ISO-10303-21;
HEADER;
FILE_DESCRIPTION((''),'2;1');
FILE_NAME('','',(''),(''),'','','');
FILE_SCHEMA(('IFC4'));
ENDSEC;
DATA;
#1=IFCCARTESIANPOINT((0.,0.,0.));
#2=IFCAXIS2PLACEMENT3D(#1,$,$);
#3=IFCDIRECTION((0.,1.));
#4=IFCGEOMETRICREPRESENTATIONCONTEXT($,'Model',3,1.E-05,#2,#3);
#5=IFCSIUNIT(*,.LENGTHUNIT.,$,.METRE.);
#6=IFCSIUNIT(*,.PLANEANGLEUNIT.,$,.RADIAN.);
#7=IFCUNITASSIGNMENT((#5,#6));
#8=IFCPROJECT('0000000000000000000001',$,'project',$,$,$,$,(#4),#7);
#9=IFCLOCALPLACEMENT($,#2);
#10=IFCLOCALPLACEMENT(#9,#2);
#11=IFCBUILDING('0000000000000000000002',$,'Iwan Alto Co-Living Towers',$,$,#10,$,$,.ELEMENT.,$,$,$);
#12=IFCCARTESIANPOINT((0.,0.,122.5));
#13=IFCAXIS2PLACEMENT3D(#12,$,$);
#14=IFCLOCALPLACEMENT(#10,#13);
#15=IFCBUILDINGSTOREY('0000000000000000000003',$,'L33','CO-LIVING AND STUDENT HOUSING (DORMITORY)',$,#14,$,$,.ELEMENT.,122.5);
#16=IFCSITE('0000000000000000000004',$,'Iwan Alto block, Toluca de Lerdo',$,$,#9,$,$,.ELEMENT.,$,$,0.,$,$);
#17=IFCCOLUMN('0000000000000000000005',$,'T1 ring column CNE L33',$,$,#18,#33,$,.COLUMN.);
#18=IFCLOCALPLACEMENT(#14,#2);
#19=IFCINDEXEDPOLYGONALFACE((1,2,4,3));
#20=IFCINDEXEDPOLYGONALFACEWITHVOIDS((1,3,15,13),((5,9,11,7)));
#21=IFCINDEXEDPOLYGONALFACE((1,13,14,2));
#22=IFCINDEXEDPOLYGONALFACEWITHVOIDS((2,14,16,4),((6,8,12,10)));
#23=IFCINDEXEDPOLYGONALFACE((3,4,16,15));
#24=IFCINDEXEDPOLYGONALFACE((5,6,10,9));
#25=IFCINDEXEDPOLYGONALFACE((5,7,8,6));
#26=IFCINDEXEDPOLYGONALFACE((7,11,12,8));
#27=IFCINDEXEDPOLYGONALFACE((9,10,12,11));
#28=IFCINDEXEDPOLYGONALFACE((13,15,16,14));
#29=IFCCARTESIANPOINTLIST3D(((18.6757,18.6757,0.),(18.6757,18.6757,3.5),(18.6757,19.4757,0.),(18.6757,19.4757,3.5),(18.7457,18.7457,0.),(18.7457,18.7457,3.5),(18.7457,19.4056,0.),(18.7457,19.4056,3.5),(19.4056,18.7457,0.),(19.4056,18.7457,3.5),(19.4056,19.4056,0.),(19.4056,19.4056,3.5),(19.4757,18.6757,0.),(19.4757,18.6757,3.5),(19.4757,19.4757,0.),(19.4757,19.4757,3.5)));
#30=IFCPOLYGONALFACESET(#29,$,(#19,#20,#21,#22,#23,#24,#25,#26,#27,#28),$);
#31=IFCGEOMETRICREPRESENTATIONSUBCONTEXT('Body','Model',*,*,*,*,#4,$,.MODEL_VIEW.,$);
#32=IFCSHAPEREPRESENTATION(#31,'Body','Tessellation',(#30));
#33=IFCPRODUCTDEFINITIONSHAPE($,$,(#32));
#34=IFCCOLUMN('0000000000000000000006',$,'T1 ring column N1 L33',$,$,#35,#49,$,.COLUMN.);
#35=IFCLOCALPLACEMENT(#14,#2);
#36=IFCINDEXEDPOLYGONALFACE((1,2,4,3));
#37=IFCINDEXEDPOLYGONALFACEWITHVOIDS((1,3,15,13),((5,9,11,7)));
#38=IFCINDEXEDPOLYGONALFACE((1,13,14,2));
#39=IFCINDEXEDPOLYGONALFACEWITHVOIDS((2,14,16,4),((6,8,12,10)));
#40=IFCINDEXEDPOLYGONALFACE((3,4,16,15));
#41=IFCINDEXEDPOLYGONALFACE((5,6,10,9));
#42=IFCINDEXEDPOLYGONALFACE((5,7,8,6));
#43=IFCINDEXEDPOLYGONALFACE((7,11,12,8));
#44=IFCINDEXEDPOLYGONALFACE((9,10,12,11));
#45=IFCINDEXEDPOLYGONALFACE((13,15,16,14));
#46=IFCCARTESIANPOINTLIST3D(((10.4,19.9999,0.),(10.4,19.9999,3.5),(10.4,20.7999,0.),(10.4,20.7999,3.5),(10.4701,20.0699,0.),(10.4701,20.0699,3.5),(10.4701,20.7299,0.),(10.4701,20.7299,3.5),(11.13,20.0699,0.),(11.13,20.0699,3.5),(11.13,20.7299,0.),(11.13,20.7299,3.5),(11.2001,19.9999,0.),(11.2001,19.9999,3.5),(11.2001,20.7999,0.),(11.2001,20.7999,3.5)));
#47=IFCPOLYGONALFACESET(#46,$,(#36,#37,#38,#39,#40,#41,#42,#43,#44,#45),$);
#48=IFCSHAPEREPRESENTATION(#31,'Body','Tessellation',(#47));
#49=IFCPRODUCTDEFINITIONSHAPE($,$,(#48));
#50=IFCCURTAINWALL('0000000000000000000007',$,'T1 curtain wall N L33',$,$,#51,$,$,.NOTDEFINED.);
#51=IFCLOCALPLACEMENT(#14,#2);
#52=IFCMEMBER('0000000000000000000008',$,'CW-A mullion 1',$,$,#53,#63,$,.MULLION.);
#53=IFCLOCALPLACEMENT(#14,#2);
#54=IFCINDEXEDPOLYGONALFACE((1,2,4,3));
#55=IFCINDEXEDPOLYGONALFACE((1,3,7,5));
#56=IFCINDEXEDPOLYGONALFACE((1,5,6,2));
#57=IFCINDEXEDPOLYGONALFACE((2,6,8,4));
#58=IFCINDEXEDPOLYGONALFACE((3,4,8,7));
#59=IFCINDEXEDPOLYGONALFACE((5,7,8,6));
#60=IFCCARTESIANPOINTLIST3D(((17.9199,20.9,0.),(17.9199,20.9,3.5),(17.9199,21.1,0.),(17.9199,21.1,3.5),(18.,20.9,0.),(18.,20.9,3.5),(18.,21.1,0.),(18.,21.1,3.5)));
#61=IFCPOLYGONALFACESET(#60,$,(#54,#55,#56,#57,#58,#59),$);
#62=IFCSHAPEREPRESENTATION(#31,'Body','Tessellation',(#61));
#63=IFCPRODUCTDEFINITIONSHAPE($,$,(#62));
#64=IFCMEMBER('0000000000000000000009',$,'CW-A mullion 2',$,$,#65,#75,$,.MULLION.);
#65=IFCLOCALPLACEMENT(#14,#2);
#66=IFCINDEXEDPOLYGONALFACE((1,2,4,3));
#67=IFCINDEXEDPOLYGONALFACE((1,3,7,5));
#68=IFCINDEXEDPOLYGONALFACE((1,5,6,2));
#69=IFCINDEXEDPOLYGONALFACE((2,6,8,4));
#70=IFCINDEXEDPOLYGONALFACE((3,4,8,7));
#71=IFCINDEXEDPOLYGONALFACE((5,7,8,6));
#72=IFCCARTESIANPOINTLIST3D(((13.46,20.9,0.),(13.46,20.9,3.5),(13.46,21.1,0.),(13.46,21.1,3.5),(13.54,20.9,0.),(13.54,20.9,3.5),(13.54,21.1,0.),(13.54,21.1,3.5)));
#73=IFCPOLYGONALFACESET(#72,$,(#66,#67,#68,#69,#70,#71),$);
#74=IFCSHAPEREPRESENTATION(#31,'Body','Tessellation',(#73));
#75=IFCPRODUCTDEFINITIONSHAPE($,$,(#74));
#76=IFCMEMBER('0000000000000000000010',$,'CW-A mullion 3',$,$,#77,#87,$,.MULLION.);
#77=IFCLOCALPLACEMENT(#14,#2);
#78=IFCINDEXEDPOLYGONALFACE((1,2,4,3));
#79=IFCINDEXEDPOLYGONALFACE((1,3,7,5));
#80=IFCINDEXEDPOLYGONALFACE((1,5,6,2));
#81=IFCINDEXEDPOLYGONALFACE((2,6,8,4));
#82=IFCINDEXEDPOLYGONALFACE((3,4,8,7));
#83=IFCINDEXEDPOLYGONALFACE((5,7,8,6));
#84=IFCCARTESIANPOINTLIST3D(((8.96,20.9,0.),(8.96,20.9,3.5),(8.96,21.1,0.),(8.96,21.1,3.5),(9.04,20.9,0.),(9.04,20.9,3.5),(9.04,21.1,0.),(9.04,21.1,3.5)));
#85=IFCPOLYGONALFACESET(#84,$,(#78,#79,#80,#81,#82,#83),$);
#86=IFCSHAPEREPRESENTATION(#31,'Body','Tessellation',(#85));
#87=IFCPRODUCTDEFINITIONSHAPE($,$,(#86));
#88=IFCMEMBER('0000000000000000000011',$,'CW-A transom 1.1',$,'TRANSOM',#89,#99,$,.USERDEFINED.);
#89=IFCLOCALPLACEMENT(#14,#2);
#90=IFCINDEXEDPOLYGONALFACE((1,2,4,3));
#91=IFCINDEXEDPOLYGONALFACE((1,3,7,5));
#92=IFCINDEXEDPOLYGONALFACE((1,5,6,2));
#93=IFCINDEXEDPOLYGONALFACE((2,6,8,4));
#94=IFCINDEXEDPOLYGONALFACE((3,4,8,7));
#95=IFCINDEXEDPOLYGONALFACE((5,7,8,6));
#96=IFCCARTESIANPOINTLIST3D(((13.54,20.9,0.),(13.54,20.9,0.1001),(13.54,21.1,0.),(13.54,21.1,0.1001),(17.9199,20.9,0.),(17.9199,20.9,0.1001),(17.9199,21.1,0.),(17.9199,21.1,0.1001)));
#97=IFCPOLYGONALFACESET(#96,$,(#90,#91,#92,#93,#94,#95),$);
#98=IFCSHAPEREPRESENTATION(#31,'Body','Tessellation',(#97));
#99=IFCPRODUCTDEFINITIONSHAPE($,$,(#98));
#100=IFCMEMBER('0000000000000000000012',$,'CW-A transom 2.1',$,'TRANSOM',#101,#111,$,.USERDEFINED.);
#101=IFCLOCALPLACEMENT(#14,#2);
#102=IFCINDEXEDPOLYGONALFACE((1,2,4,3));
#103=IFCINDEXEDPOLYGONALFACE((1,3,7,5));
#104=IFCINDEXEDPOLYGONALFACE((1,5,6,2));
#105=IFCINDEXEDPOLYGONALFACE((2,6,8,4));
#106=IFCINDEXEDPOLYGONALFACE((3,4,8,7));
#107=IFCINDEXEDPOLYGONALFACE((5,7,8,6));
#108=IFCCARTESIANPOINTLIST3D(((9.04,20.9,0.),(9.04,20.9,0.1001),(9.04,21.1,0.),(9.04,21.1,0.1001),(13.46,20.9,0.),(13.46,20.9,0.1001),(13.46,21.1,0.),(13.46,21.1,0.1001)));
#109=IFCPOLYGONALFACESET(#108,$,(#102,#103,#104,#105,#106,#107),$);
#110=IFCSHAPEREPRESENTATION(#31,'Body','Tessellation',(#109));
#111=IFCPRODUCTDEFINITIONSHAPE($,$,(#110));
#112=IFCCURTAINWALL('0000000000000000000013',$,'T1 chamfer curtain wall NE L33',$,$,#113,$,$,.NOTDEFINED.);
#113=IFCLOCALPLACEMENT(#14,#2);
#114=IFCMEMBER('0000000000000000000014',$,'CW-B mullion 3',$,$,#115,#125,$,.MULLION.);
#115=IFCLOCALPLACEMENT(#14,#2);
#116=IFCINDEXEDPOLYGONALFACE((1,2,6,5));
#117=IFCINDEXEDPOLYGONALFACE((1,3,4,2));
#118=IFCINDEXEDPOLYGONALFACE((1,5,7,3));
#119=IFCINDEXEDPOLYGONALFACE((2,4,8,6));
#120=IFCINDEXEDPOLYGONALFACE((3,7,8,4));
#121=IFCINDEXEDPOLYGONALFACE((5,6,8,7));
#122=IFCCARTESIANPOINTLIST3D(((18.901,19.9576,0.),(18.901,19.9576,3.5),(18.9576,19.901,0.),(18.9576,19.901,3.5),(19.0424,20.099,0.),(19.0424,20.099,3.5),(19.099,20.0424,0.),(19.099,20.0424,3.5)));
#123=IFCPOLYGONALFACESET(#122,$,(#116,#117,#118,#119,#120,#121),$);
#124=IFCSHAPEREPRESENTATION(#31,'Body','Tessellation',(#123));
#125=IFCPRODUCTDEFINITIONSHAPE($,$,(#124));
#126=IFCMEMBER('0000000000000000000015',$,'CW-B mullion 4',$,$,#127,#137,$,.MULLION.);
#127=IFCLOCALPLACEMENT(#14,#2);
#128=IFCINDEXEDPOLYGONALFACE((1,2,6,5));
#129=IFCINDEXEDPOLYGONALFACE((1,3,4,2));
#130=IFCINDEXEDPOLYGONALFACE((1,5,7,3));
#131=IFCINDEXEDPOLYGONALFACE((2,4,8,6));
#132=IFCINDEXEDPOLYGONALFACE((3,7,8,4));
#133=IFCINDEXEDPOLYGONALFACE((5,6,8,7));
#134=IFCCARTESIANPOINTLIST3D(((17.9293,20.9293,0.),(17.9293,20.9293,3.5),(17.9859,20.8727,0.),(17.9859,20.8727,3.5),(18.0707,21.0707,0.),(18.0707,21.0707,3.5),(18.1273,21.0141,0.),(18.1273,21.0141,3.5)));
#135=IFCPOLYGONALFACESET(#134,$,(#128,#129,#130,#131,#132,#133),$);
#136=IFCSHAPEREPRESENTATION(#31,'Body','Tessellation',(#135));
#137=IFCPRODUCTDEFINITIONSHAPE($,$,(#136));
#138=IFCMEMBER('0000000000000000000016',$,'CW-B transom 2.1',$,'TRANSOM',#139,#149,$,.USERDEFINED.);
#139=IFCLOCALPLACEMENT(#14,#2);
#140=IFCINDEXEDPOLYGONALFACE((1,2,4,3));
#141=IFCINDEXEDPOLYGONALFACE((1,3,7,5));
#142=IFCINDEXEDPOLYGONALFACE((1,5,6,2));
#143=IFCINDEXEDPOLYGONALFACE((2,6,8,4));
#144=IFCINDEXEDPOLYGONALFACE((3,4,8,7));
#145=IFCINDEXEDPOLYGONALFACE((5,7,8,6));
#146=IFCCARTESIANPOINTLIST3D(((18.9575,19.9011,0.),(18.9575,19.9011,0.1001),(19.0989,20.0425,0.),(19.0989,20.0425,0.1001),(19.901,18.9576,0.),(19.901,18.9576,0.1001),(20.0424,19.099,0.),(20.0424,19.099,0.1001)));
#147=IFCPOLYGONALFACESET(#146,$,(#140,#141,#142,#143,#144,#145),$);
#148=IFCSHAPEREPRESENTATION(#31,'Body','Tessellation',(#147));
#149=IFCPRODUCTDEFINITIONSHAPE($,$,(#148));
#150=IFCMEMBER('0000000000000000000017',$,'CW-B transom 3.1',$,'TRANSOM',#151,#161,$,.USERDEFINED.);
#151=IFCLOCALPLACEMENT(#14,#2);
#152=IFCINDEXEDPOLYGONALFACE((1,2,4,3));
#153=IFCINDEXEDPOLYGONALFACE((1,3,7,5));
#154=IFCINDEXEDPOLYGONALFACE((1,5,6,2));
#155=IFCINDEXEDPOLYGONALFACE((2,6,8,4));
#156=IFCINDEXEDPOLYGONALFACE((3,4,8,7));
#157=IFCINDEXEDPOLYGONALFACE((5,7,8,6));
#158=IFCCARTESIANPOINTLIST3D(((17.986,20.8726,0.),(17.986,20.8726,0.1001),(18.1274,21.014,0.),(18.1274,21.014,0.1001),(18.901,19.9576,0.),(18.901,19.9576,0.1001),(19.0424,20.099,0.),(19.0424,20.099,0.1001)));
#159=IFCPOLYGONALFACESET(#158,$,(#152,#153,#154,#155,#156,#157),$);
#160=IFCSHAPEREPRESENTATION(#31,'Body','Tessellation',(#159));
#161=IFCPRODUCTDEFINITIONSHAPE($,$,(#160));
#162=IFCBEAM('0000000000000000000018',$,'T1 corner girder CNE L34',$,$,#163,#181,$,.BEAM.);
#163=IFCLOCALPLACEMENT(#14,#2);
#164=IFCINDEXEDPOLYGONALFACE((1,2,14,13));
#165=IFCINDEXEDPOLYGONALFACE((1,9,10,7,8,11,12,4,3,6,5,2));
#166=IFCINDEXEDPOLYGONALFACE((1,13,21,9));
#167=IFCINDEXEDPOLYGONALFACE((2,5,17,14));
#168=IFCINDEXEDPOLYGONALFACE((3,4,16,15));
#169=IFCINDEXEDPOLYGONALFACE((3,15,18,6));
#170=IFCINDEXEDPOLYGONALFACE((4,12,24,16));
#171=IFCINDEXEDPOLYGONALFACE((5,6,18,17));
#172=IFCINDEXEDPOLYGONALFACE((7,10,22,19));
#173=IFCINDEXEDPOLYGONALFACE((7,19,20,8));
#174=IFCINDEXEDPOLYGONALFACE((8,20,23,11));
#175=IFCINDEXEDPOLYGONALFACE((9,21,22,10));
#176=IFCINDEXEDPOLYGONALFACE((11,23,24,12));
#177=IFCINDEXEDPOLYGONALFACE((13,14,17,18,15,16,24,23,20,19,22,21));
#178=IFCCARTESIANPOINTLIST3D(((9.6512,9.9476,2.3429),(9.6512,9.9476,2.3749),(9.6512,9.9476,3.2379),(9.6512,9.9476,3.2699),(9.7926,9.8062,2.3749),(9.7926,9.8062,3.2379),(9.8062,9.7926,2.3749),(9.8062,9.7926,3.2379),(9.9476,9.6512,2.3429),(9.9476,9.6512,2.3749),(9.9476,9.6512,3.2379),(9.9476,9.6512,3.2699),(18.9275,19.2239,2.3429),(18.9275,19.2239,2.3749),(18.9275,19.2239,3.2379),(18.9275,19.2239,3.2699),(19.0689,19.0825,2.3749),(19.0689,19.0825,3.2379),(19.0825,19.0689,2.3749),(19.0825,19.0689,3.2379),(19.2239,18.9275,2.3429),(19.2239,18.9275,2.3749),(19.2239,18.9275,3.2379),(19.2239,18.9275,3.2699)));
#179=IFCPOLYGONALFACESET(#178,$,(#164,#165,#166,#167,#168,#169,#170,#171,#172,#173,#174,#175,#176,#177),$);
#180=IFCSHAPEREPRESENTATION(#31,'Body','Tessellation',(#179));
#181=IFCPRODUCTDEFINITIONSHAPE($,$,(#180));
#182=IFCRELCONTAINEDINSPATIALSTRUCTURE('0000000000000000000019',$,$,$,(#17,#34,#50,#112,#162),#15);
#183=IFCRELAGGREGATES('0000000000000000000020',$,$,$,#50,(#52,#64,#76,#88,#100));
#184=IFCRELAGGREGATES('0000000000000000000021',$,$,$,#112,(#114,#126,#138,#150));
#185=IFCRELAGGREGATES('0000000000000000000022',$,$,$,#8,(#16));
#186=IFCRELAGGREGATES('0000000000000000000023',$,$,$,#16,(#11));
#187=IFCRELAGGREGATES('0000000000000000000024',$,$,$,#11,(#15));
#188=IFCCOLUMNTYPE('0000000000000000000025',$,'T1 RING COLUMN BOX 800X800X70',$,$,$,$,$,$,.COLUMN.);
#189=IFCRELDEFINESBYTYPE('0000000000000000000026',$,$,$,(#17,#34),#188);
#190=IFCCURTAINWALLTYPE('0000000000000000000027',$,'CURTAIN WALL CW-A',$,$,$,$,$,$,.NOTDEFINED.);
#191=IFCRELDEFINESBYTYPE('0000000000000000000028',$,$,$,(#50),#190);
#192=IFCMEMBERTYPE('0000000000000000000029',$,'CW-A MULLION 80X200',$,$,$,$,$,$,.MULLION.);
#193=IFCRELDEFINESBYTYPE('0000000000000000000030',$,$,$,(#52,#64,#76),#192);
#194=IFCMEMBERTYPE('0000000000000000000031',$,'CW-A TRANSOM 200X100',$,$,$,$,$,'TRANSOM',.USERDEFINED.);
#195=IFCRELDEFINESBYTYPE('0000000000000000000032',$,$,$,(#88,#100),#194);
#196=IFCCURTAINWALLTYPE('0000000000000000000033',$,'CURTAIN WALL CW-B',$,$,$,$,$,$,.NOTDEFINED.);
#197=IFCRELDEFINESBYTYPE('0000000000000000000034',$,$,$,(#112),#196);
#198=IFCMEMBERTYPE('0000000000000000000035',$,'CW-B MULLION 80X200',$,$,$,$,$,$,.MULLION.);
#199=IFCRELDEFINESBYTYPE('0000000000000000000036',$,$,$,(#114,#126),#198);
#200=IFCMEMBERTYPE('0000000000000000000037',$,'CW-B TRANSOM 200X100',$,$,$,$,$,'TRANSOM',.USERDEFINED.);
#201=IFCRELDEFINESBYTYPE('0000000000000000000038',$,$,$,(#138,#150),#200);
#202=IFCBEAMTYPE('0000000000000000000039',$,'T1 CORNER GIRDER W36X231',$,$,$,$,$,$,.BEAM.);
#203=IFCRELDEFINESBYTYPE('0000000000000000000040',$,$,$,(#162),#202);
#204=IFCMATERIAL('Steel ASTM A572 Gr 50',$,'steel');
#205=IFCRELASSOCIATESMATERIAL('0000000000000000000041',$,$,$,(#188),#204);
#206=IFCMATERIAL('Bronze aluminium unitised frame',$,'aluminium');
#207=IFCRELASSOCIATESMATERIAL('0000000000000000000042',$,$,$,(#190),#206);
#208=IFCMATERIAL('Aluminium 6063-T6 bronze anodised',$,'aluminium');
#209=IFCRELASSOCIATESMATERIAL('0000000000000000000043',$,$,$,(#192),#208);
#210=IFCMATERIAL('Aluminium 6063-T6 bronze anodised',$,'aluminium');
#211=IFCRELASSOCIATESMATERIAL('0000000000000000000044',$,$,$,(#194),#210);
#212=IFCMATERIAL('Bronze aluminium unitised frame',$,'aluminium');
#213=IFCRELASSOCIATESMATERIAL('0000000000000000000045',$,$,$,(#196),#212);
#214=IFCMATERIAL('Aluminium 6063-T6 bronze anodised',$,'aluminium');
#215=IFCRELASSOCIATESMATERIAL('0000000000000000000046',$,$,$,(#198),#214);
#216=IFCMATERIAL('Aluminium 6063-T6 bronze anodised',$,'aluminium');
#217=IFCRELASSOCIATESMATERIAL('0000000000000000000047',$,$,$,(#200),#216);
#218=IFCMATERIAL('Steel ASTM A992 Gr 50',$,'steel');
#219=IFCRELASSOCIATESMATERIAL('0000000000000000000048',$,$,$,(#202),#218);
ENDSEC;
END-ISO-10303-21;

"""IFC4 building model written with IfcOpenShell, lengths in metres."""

from ifc_helpers import new_model, si_unit, direction, frame, origin, origin_2d, place, context, subcontext, project, spatial, rectangle, hollow_rectangle, i_section, extrude, material, material_profile, profile_set, type_object, element, aggregate, save


model = new_model("IFC4")

# Units and contexts
model_context = context("Model", 3, precision=1e-05, world=origin(), true_north=direction((0.0, 1.0)))
body_context = subcontext(model_context, "Body", "Model", "MODEL_VIEW")
ifc_project = project(units=[si_unit("LENGTHUNIT", "METRE"), si_unit("PLANEANGLEUNIT", "RADIAN")], contexts=[model_context])

# Site, building, storey
site_placement = place(None, origin())
site = spatial("IfcSite", under=ifc_project, at=site_placement, Name="Iwan Alto block, Toluca de Lerdo", CompositionType="ELEMENT", RefElevation=0.0)
building_placement = place(site_placement, origin())
building = spatial("IfcBuilding", under=site, at=building_placement, Name="Iwan Alto Co-Living Towers", CompositionType="ELEMENT")
storey_placement = place(building_placement, frame((0.0, 0.0, 122.5)))
storey = spatial("IfcBuildingStorey", under=building, at=storey_placement, Name="L33", Description="CO-LIVING AND STUDENT HOUSING (DORMITORY)", CompositionType="ELEMENT", Elevation=122.5)

# Columns
ifc_material_1 = material(Name="Steel ASTM A572 Gr 50", Category="steel")
ifc_material_profile_1 = material_profile(ifc_material_1, hollow_rectangle(XDim=0.8, YDim=0.8, WallThickness=0.0701, at=origin_2d()), Name="BOX 800X800X70")
ifc_profile_set_1 = profile_set([ifc_material_profile_1], Name="Steel ASTM A572 Gr 50")
column_type = type_object("IfcColumnType", Name="T1 RING COLUMN BOX 800X800X70", PredefinedType="COLUMN", material=ifc_profile_set_1)
for number, where, z_axis, x_axis, name in (
    (1, (19.0757, 19.0757, 0.0), (0.0, 0.0, 1.0), (1.0, 0.0, 0.0), "T1 ring column CNE L33"),
    (2, (10.8, 20.3999, 0.0), (0.0, 0.0, 1.0), (1.0, 0.0, 0.0), "T1 ring column N1 L33"),
):
    element("IfcColumn", number, at=place(storey_placement, frame(where, z_axis=z_axis, x_axis=x_axis)), inside=storey, type_object=column_type, Name=name, PredefinedType="COLUMN", context=body_context, shape_type="SweptSolid", body=[
        extrude(hollow_rectangle(XDim=0.8, YDim=0.8, WallThickness=0.0701, at=origin_2d()), origin(), (0.0, 0.0, 1.0), 3.5),
    ])

# Curtain walls, members
ifc_material_2 = material(Name="Bronze aluminium unitised frame", Category="aluminium")
curtain_wall_type_1 = type_object("IfcCurtainWallType", Name="CURTAIN WALL CW-A", PredefinedType="NOTDEFINED", material=ifc_material_2)
curtain_wall_1_placement = place(storey_placement, origin())
curtain_wall_1 = element("IfcCurtainWall", 3, at=curtain_wall_1_placement, inside=storey, type_object=curtain_wall_type_1, Name="T1 curtain wall N L33", PredefinedType="NOTDEFINED")
ifc_material_3 = material(Name="Aluminium 6063-T6 bronze anodised", Category="aluminium")
ifc_material_profile_2 = material_profile(ifc_material_3, rectangle(XDim=0.2, YDim=0.0801, at=origin_2d()), Name="AL 80X200")
ifc_profile_set_2 = profile_set([ifc_material_profile_2], Name="Aluminium 6063-T6 bronze anodised")
member_type_1 = type_object("IfcMemberType", Name="CW-A MULLION 80X200", PredefinedType="MULLION", material=ifc_profile_set_2)
member_1_placement = place(storey_placement, frame((17.96, 21.0, 0.0), z_axis=(0.0, 0.0, 1.0), x_axis=(0.0, -1.0, 0.0)))
member_1 = element("IfcMember", 4, at=member_1_placement, type_object=member_type_1, Name="CW-A mullion 1", PredefinedType="MULLION", context=body_context, shape_type="SweptSolid", body=[
    extrude(rectangle(XDim=0.2, YDim=0.0801, at=origin_2d()), origin(), (0.0, 0.0, 1.0), 3.5),
])
member_2_placement = place(storey_placement, frame((13.5, 21.0, 0.0), z_axis=(0.0, 0.0, 1.0), x_axis=(0.0, -1.0, 0.0)))
member_2 = element("IfcMember", 5, at=member_2_placement, type_object=member_type_1, Name="CW-A mullion 2", PredefinedType="MULLION", context=body_context, shape_type="SweptSolid", body=[
    extrude(rectangle(XDim=0.2, YDim=0.0801, at=origin_2d()), origin(), (0.0, 0.0, 1.0), 3.5),
])
member_3_placement = place(storey_placement, frame((9.0, 21.0, 0.0), z_axis=(0.0, 0.0, 1.0), x_axis=(0.0, -1.0, 0.0)))
member_3 = element("IfcMember", 6, at=member_3_placement, type_object=member_type_1, Name="CW-A mullion 3", PredefinedType="MULLION", context=body_context, shape_type="SweptSolid", body=[
    extrude(rectangle(XDim=0.2, YDim=0.0801, at=origin_2d()), origin(), (0.0, 0.0, 1.0), 3.5),
])
ifc_material_4 = material(Name="Aluminium 6063-T6 bronze anodised", Category="aluminium")
ifc_material_profile_3 = material_profile(ifc_material_4, rectangle(XDim=0.2, YDim=0.1001, at=origin_2d()), Name="AL 200X100")
ifc_profile_set_3 = profile_set([ifc_material_profile_3], Name="Aluminium 6063-T6 bronze anodised")
member_type_2 = type_object("IfcMemberType", Name="CW-A TRANSOM 200X100", ElementType="TRANSOM", PredefinedType="USERDEFINED", material=ifc_profile_set_3)
member_4_placement = place(storey_placement, frame((17.9199, 21.0, 0.05), z_axis=(-1.0, 0.0, 0.0), x_axis=(0.0, -1.0, 0.0)))
member_4 = element("IfcMember", 7, at=member_4_placement, type_object=member_type_2, Name="CW-A transom 1.1", ObjectType="TRANSOM", PredefinedType="USERDEFINED", context=body_context, shape_type="SweptSolid", body=[
    extrude(rectangle(XDim=0.2, YDim=0.1001, at=origin_2d()), origin(), (0.0, 0.0, 1.0), 4.3799),
])
member_5_placement = place(storey_placement, frame((13.46, 21.0, 0.05), z_axis=(-1.0, 0.0, 0.0), x_axis=(0.0, -1.0, 0.0)))
member_5 = element("IfcMember", 8, at=member_5_placement, type_object=member_type_2, Name="CW-A transom 2.1", ObjectType="TRANSOM", PredefinedType="USERDEFINED", context=body_context, shape_type="SweptSolid", body=[
    extrude(rectangle(XDim=0.2, YDim=0.1001, at=origin_2d()), origin(), (0.0, 0.0, 1.0), 4.4199),
])
ifc_material_5 = material(Name="Bronze aluminium unitised frame", Category="aluminium")
curtain_wall_type_2 = type_object("IfcCurtainWallType", Name="CURTAIN WALL CW-B", PredefinedType="NOTDEFINED", material=ifc_material_5)
curtain_wall_2_placement = place(storey_placement, origin())
curtain_wall_2 = element("IfcCurtainWall", 9, at=curtain_wall_2_placement, inside=storey, type_object=curtain_wall_type_2, Name="T1 chamfer curtain wall NE L33", PredefinedType="NOTDEFINED")
ifc_material_6 = material(Name="Aluminium 6063-T6 bronze anodised", Category="aluminium")
ifc_material_profile_4 = material_profile(ifc_material_6, rectangle(XDim=0.2, YDim=0.0801, at=origin_2d()), Name="AL 80X200")
ifc_profile_set_4 = profile_set([ifc_material_profile_4], Name="Aluminium 6063-T6 bronze anodised")
member_type_3 = type_object("IfcMemberType", Name="CW-B MULLION 80X200", PredefinedType="MULLION", material=ifc_profile_set_4)
member_6_placement = place(storey_placement, frame((19.0, 20.0, 0.0), z_axis=(0.0, 0.0, 1.0), x_axis=(-0.707107, -0.707107, 0.0)))
member_6 = element("IfcMember", 10, at=member_6_placement, type_object=member_type_3, Name="CW-B mullion 3", PredefinedType="MULLION", context=body_context, shape_type="SweptSolid", body=[
    extrude(rectangle(XDim=0.2, YDim=0.0801, at=origin_2d()), origin(), (0.0, 0.0, 1.0), 3.5),
])
member_7_placement = place(storey_placement, frame((18.0283, 20.9717, 0.0), z_axis=(0.0, 0.0, 1.0), x_axis=(-0.707107, -0.707107, 0.0)))
member_7 = element("IfcMember", 11, at=member_7_placement, type_object=member_type_3, Name="CW-B mullion 4", PredefinedType="MULLION", context=body_context, shape_type="SweptSolid", body=[
    extrude(rectangle(XDim=0.2, YDim=0.0801, at=origin_2d()), origin(), (0.0, 0.0, 1.0), 3.5),
])
ifc_material_7 = material(Name="Aluminium 6063-T6 bronze anodised", Category="aluminium")
ifc_material_profile_5 = material_profile(ifc_material_7, rectangle(XDim=0.2, YDim=0.1001, at=origin_2d()), Name="AL 200X100")
ifc_profile_set_5 = profile_set([ifc_material_profile_5], Name="Aluminium 6063-T6 bronze anodised")
member_type_4 = type_object("IfcMemberType", Name="CW-B TRANSOM 200X100", ElementType="TRANSOM", PredefinedType="USERDEFINED", material=ifc_profile_set_5)
member_8_placement = place(storey_placement, frame((19.9717, 19.0283, 0.05), z_axis=(-0.707107, 0.707107, 0.0), x_axis=(-0.707107, -0.707107, 0.0)))
member_8 = element("IfcMember", 12, at=member_8_placement, type_object=member_type_4, Name="CW-B transom 2.1", ObjectType="TRANSOM", PredefinedType="USERDEFINED", context=body_context, shape_type="SweptSolid", body=[
    extrude(rectangle(XDim=0.2, YDim=0.1001, at=origin_2d()), origin(), (0.0, 0.0, 1.0), 1.3342),
])
member_9_placement = place(storey_placement, frame((18.9717, 20.0283, 0.05), z_axis=(-0.707107, 0.707107, 0.0), x_axis=(-0.707107, -0.707107, 0.0)))
member_9 = element("IfcMember", 13, at=member_9_placement, type_object=member_type_4, Name="CW-B transom 3.1", ObjectType="TRANSOM", PredefinedType="USERDEFINED", context=body_context, shape_type="SweptSolid", body=[
    extrude(rectangle(XDim=0.2, YDim=0.1001, at=origin_2d()), origin(), (0.0, 0.0, 1.0), 1.2939),
])

# Beam
ifc_material_8 = material(Name="Steel ASTM A992 Gr 50", Category="steel")
ifc_material_profile_6 = material_profile(ifc_material_8, i_section(OverallWidth=0.4192, OverallDepth=0.927, WebThickness=0.0193, FlangeThickness=0.032, at=origin_2d()), Name="W36X231")
ifc_profile_set_6 = profile_set([ifc_material_profile_6], Name="Steel ASTM A992 Gr 50")
beam_type_1 = type_object("IfcBeamType", Name="T1 CORNER GIRDER W36X231", PredefinedType="BEAM", material=ifc_profile_set_6)
beam_1_placement = place(storey_placement, frame((19.0757, 19.0757, 2.8064), z_axis=(-0.707107, -0.707107, 0.0), x_axis=(0.707107, -0.707107, 0.0)))
element("IfcBeam", 14, at=beam_1_placement, inside=storey, type_object=beam_type_1, Name="T1 corner girder CNE L34", PredefinedType="BEAM", context=body_context, shape_type="SweptSolid", body=[
    extrude(i_section(OverallWidth=0.4192, OverallDepth=0.927, WebThickness=0.0193, FlangeThickness=0.032, at=origin_2d()), origin(), (0.0, 0.0, 1.0), 13.1187),
])

aggregate(curtain_wall_1, [member_1, member_2, member_3, member_4, member_5])
aggregate(curtain_wall_2, [member_6, member_7, member_8, member_9])

save(model, "model.ifc")
